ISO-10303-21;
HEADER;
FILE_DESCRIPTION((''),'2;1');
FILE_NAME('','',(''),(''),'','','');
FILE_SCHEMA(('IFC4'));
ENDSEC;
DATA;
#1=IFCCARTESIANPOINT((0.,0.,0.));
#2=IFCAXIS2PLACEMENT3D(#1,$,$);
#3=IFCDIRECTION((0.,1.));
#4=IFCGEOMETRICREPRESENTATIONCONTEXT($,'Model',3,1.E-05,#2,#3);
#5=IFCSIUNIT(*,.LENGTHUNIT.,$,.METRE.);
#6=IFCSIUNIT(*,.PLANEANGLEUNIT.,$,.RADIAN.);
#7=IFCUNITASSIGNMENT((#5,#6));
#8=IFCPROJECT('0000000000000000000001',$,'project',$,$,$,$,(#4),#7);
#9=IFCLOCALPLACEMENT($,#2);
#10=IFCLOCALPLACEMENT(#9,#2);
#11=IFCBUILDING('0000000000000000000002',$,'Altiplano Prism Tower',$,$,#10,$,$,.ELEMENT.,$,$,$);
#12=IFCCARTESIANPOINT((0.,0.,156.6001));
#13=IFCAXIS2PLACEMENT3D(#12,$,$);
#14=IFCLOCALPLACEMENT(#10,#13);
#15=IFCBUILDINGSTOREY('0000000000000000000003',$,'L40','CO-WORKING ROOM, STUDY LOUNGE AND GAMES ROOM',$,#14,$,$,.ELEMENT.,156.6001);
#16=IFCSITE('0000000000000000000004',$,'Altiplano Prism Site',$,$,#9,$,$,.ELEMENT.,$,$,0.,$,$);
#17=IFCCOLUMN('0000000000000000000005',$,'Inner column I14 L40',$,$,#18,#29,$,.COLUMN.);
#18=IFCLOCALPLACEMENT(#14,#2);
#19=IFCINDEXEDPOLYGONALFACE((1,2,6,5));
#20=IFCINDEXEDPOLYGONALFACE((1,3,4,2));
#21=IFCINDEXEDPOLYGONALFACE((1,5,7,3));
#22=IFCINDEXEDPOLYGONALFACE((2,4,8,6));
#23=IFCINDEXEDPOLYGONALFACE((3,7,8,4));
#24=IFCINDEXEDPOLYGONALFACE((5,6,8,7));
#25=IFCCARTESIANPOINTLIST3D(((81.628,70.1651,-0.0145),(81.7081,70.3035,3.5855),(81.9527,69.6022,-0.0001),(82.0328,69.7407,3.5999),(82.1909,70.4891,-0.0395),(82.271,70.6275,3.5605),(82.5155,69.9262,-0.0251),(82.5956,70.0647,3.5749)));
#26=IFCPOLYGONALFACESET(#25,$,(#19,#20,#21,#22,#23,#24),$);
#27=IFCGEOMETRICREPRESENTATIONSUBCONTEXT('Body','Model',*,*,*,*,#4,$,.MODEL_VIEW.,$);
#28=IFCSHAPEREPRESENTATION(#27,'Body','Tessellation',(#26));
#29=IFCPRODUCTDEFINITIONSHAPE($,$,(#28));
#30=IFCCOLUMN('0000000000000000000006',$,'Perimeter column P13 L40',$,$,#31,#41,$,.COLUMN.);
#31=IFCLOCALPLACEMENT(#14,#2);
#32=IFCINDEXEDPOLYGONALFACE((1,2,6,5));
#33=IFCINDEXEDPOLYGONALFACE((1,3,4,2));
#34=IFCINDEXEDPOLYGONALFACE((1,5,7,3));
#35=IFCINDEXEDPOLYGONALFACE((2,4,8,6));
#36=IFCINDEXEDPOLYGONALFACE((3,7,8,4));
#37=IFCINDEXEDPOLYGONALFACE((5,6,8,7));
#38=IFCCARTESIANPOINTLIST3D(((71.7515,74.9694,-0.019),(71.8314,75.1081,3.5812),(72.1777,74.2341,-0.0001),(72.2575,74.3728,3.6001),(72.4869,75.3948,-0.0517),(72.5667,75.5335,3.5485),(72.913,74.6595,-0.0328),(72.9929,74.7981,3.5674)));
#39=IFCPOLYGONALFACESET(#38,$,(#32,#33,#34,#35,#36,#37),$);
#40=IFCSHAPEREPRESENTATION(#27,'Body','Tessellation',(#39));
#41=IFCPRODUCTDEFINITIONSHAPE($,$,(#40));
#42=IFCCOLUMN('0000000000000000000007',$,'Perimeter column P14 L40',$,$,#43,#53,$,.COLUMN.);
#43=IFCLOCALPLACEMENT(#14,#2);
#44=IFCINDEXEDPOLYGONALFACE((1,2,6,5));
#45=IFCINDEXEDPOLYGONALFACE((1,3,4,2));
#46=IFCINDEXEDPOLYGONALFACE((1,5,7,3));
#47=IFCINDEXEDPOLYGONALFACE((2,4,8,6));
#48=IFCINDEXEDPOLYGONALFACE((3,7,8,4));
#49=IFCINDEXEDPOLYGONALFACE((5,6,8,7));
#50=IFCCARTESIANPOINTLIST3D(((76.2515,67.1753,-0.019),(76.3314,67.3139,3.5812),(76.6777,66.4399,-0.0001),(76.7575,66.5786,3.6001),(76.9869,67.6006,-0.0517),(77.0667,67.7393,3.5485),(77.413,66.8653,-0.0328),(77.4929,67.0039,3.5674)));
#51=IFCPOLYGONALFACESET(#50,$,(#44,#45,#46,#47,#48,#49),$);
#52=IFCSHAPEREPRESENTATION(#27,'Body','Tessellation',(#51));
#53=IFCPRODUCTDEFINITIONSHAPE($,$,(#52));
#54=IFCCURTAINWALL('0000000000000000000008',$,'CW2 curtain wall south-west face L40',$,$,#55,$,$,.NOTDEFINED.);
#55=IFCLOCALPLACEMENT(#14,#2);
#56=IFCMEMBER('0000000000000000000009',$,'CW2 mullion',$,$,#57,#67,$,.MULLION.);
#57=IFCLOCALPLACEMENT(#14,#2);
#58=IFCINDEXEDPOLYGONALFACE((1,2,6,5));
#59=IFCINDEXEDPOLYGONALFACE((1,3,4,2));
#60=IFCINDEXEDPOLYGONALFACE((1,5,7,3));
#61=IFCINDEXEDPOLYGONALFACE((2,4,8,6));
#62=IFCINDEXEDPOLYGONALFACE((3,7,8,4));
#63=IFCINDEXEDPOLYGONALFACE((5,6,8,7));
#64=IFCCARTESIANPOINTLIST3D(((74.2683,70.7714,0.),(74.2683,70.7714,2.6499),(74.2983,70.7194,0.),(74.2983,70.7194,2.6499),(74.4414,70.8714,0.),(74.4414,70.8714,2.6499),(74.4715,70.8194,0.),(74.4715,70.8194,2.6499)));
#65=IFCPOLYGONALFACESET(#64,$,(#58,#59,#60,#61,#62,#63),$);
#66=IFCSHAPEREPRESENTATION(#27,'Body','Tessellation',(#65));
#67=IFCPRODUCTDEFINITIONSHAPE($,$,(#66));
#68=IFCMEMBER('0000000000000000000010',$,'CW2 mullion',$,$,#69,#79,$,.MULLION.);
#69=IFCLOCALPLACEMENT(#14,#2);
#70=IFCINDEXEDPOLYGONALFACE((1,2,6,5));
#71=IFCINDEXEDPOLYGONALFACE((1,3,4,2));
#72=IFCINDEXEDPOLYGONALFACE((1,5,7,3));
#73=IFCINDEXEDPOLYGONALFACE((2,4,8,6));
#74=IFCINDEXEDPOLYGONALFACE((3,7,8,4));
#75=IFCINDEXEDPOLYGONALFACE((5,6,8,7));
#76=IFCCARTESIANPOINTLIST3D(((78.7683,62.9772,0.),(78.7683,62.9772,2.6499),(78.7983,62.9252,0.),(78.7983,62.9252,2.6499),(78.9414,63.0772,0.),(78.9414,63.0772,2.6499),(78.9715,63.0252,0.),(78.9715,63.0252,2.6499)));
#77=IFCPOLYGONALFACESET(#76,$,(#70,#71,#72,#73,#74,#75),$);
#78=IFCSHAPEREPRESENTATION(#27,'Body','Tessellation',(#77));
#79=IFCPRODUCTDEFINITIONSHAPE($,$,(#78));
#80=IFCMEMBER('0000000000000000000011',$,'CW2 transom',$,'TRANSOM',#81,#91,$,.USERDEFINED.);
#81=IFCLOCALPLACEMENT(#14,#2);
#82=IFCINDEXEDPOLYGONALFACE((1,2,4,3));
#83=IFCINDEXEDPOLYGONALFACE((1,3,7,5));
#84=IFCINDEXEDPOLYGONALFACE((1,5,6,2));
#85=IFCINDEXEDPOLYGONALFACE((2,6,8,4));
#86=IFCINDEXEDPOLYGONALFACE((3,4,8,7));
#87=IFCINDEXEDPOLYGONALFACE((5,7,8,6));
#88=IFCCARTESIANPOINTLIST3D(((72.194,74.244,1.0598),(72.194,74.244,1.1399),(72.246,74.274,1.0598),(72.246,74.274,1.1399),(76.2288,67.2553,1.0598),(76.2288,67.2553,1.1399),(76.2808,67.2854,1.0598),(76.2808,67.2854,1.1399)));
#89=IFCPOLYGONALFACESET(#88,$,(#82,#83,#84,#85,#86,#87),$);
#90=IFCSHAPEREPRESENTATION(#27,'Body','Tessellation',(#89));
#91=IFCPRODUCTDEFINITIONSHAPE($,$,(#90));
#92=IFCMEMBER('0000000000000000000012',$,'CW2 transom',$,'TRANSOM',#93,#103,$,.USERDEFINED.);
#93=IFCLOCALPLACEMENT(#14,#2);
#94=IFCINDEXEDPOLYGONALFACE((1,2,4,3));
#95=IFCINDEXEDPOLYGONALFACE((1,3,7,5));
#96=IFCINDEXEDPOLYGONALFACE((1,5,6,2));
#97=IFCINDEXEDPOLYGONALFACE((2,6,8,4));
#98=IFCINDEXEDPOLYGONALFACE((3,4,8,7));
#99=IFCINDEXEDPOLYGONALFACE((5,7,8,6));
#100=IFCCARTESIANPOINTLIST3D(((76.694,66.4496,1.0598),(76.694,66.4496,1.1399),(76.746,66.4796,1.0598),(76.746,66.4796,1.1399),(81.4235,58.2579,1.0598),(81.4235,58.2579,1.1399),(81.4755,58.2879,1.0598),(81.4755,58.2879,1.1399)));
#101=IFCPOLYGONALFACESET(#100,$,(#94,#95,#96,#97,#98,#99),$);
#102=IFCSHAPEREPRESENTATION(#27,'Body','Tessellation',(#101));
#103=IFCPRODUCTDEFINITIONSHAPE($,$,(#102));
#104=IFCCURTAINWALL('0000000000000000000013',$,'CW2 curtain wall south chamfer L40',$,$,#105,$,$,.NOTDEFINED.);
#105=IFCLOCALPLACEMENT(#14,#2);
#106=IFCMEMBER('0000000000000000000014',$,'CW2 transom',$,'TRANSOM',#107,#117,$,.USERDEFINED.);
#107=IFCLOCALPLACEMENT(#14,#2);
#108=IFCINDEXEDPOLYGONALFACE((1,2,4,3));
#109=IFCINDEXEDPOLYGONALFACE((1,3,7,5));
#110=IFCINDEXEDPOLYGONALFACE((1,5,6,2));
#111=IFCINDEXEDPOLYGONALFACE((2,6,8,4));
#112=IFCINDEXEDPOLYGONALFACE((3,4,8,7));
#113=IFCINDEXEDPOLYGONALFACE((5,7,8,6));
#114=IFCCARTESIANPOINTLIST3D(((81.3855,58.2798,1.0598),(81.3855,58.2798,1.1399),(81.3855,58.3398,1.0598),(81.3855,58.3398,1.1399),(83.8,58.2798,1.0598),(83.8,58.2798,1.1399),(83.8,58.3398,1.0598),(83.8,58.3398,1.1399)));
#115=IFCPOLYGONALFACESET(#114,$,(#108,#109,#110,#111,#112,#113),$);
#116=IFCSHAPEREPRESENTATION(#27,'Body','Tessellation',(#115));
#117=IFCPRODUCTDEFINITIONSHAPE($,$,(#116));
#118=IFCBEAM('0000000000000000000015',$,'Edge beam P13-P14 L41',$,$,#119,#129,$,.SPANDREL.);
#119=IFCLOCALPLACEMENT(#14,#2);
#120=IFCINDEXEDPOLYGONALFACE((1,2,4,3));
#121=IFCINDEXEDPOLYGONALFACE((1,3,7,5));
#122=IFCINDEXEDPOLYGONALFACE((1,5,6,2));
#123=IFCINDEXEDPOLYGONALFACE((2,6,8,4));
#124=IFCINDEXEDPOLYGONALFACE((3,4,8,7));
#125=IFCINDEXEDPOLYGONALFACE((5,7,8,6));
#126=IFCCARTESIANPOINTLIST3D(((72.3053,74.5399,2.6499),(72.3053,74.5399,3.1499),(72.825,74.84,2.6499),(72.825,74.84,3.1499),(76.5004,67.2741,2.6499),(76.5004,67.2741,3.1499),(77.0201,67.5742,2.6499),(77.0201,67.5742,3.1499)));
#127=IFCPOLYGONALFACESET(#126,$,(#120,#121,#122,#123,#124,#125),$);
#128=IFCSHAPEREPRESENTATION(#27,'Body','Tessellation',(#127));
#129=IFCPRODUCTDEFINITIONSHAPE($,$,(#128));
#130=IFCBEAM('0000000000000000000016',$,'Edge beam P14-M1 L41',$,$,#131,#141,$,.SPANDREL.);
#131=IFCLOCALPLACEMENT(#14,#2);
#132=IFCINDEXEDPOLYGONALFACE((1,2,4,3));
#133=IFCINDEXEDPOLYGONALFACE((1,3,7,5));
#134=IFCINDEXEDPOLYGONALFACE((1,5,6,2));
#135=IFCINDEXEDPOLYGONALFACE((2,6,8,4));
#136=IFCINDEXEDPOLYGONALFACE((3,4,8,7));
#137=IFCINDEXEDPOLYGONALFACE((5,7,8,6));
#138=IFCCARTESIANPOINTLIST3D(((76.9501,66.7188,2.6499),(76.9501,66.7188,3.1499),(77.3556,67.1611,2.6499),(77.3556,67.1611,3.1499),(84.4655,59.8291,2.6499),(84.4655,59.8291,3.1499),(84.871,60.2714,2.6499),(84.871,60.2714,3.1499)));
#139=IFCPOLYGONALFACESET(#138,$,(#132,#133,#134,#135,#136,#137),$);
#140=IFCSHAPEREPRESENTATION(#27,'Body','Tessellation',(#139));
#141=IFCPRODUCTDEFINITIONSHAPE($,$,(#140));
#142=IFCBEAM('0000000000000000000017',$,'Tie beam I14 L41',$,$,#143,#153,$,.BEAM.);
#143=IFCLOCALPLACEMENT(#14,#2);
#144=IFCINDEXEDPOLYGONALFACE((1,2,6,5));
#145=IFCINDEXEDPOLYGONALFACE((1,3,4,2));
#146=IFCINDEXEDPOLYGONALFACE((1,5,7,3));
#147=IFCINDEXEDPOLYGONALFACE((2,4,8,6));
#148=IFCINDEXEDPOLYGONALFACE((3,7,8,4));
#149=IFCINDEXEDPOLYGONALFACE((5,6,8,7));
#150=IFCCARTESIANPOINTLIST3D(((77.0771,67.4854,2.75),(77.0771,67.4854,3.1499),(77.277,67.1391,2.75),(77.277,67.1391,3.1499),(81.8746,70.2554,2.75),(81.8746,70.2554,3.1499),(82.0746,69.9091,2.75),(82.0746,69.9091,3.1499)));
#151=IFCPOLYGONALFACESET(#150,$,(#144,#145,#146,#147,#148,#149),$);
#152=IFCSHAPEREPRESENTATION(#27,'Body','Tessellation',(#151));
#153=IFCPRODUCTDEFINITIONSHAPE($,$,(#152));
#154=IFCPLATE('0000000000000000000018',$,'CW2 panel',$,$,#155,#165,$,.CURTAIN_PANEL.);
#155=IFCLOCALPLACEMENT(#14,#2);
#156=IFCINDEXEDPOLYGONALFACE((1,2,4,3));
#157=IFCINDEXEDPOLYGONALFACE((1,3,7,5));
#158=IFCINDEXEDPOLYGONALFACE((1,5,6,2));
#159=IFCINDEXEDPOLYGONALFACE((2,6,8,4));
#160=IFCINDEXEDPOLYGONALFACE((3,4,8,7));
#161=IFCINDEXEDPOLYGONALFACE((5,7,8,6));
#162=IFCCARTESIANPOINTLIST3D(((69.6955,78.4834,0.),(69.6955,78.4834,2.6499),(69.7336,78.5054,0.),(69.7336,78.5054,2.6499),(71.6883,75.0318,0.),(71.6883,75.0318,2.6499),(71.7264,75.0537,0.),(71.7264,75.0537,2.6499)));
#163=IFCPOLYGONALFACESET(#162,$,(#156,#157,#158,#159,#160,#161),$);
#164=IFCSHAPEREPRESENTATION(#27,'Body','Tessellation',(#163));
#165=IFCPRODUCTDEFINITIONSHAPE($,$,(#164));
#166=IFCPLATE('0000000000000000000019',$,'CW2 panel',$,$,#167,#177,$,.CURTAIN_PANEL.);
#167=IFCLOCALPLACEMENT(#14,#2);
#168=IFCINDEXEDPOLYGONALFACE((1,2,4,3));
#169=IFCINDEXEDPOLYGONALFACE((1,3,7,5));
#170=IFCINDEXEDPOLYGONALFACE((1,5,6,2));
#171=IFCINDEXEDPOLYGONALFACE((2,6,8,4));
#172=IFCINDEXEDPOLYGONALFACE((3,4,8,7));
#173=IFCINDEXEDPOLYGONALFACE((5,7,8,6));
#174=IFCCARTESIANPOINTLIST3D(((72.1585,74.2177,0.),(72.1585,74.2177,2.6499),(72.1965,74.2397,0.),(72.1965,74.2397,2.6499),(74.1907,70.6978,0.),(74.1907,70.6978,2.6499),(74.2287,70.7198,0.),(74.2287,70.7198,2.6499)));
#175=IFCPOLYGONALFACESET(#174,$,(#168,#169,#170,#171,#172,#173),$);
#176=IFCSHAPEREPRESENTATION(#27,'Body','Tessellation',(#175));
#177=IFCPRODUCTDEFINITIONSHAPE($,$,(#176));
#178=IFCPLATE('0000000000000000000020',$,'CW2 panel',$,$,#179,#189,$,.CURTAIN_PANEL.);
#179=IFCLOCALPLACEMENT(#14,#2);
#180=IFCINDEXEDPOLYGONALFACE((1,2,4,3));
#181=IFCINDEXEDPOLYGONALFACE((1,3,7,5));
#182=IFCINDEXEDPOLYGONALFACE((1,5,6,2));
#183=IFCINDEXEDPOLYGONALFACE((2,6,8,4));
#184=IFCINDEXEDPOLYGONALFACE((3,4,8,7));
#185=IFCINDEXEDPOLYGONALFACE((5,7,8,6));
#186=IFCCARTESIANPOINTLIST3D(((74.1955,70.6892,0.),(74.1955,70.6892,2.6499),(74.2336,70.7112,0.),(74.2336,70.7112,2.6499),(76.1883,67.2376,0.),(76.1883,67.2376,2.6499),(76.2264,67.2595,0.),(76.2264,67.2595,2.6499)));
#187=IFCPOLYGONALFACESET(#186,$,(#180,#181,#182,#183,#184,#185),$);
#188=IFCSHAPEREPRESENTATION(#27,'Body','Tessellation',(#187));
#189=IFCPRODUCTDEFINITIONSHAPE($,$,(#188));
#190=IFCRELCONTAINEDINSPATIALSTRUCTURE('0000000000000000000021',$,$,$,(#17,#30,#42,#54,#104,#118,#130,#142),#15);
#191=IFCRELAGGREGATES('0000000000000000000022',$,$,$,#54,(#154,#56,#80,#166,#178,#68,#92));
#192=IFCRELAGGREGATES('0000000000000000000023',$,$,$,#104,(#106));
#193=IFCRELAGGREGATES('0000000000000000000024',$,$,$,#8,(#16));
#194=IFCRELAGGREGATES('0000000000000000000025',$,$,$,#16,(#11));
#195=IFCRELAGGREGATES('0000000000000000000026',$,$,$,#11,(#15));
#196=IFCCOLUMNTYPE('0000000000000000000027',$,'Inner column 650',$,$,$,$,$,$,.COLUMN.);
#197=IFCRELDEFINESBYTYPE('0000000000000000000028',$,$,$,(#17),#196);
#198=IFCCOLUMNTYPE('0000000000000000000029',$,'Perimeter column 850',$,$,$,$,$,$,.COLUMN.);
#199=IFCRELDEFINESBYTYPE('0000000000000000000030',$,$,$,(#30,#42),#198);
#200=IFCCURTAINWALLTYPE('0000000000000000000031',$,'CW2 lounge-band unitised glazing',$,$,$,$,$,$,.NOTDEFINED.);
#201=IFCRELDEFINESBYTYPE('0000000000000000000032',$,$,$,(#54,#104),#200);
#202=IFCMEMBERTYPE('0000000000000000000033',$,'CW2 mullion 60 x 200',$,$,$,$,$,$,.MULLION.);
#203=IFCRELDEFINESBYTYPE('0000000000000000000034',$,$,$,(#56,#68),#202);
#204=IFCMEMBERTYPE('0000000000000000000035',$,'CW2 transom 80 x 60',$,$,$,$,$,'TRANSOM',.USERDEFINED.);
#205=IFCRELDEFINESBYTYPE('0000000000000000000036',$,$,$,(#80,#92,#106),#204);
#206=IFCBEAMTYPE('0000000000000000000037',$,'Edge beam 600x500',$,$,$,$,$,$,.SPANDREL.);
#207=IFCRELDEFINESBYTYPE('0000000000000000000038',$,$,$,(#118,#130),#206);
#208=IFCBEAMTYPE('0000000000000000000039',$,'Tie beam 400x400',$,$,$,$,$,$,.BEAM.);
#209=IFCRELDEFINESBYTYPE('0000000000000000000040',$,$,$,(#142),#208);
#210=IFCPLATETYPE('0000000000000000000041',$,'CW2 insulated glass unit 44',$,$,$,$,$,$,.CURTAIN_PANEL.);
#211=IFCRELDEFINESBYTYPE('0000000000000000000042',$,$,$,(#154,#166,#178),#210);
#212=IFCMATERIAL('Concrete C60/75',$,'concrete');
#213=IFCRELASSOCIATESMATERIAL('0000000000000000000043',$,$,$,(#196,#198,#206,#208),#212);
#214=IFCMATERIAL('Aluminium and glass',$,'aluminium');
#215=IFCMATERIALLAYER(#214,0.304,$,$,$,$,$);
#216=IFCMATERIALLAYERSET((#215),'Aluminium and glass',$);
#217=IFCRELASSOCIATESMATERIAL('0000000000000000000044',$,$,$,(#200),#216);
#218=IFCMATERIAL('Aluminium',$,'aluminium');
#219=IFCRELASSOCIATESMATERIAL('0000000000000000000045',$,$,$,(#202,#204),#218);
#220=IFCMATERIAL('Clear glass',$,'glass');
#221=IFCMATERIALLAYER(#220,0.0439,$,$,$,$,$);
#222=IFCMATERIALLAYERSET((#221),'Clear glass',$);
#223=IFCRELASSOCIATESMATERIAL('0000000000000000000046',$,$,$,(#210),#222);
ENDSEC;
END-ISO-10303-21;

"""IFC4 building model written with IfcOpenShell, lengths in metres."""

from ifc_helpers import new_model, si_unit, direction, frame, origin, origin_2d, place, context, subcontext, project, spatial, rectangle, extrude, material, layer, layer_set, material_profile, profile_set, type_object, element, aggregate, save


model = new_model("IFC4")

# Units and contexts
model_context = context("Model", 3, precision=1e-05, world=origin(), true_north=direction((0.0, 1.0)))
body_context = subcontext(model_context, "Body", "Model", "MODEL_VIEW")
ifc_project = project(units=[si_unit("LENGTHUNIT", "METRE"), si_unit("PLANEANGLEUNIT", "RADIAN")], contexts=[model_context])

# Site, building, storey
site_placement = place(None, origin())
site = spatial("IfcSite", under=ifc_project, at=site_placement, Name="Altiplano Prism Site", CompositionType="ELEMENT", RefElevation=0.0)
building_placement = place(site_placement, origin())
building = spatial("IfcBuilding", under=site, at=building_placement, Name="Altiplano Prism Tower", CompositionType="ELEMENT")
storey_placement = place(building_placement, frame((0.0, 0.0, 156.6001)))
storey = spatial("IfcBuildingStorey", under=building, at=storey_placement, Name="L40", Description="CO-WORKING ROOM, STUDY LOUNGE AND GAMES ROOM", CompositionType="ELEMENT", Elevation=156.6001)

# Columns
ifc_material_1 = material(Name="Concrete C60/75", Category="concrete")
ifc_material_profile_1 = material_profile(ifc_material_1, rectangle(XDim=0.6499, YDim=0.6499, at=origin_2d()), Name="Inner column 650")
ifc_profile_set_1 = profile_set([ifc_material_profile_1], Name="Concrete C60/75")
column_type_1 = type_object("IfcColumnType", Name="Inner column 650", PredefinedType="COLUMN", material=ifc_profile_set_1)
column_placement = place(storey_placement, frame((82.0718, 70.0457, -0.0198), z_axis=(0.022223, 0.038416, 0.999015), x_axis=(-0.866024, -0.498523, 0.038435)))
element("IfcColumn", 1, at=column_placement, inside=storey, type_object=column_type_1, Name="Inner column I14 L40", PredefinedType="COLUMN", context=body_context, shape_type="SweptSolid", body=[
    extrude(rectangle(XDim=0.6499, YDim=0.6499, at=origin_2d()), origin(), (0.0, 0.0, 1.0), 3.6035),
])
ifc_material_profile_2 = material_profile(ifc_material_1, rectangle(XDim=0.8501, YDim=0.8501, at=origin_2d()), Name="Perimeter column 850")
ifc_profile_set_2 = profile_set([ifc_material_profile_2], Name="Concrete C60/75")
column_type_2 = type_object("IfcColumnType", Name="Perimeter column 850", PredefinedType="COLUMN", material=ifc_profile_set_2)
for number, where, z_axis, x_axis, name in (
    (2, (72.3323, 74.8145, -0.0259), (0.022154, 0.038481, 0.999014), (-0.864982, -0.500327, 0.038453), "Perimeter column P13 L40"),
    (3, (76.8323, 67.0203, -0.0259), (0.022154, 0.038481, 0.999014), (-0.864982, -0.500327, 0.038453), "Perimeter column P14 L40"),
):
    element("IfcColumn", number, at=place(storey_placement, frame(where, z_axis=z_axis, x_axis=x_axis)), inside=storey, type_object=column_type_2, Name=name, PredefinedType="COLUMN", context=body_context, shape_type="SweptSolid", body=[
        extrude(rectangle(XDim=0.8501, YDim=0.8501, at=origin_2d()), origin(), (0.0, 0.0, 1.0), 3.6038),
    ])

# Curtain wall, members
ifc_material_2 = material(Name="Aluminium and glass", Category="aluminium")
ifc_layer_1 = layer(ifc_material_2, 0.304)
ifc_layer_set_1 = layer_set([ifc_layer_1], Name="Aluminium and glass")
curtain_wall_type = type_object("IfcCurtainWallType", Name="CW2 lounge-band unitised glazing", PredefinedType="NOTDEFINED", material=ifc_layer_set_1)
curtain_wall_1_placement = place(storey_placement, origin())
curtain_wall_1 = element("IfcCurtainWall", 4, at=curtain_wall_1_placement, inside=storey, type_object=curtain_wall_type, Name="CW2 curtain wall south-west face L40", PredefinedType="NOTDEFINED")
ifc_material_3 = material(Name="Aluminium", Category="aluminium")
ifc_material_profile_3 = material_profile(ifc_material_3, rectangle(XDim=0.2, YDim=0.0601, at=origin_2d()), Name="CW2 mullion 60 x 200")
ifc_profile_set_3 = profile_set([ifc_material_profile_3], Name="Aluminium")
member_type_1 = type_object("IfcMemberType", Name="CW2 mullion 60 x 200", PredefinedType="MULLION", material=ifc_profile_set_3)
member_1_placement = place(storey_placement, frame((74.3699, 70.7954, 0.0), z_axis=(0.0, 0.0, 1.0), x_axis=(0.866025, 0.5, 0.0)))
member_1 = element("IfcMember", 5, at=member_1_placement, type_object=member_type_1, Name="CW2 mullion", PredefinedType="MULLION", context=body_context, shape_type="SweptSolid", body=[
    extrude(rectangle(XDim=0.2, YDim=0.0601, at=origin_2d()), origin(), (0.0, 0.0, 1.0), 2.6499),
])
member_2_placement = place(storey_placement, frame((78.8699, 63.0012, 0.0), z_axis=(0.0, 0.0, 1.0), x_axis=(0.866025, 0.5, 0.0)))
member_2 = element("IfcMember", 6, at=member_2_placement, type_object=member_type_1, Name="CW2 mullion", PredefinedType="MULLION", context=body_context, shape_type="SweptSolid", body=[
    extrude(rectangle(XDim=0.2, YDim=0.0601, at=origin_2d()), origin(), (0.0, 0.0, 1.0), 2.6499),
])
ifc_material_profile_4 = material_profile(ifc_material_3, rectangle(XDim=0.0601, YDim=0.0801, at=origin_2d()), Name="CW2 transom 80 x 60")
ifc_profile_set_4 = profile_set([ifc_material_profile_4], Name="Aluminium")
member_type_2 = type_object("IfcMemberType", Name="CW2 transom 80 x 60", ElementType="TRANSOM", PredefinedType="USERDEFINED", material=ifc_profile_set_4)
member_3_placement = place(storey_placement, frame((72.22, 74.259, 1.0999), z_axis=(0.499995, -0.866028, 0.0), x_axis=(0.866028, 0.499995, 0.0)))
member_3 = element("IfcMember", 7, at=member_3_placement, type_object=member_type_2, Name="CW2 transom", ObjectType="TRANSOM", PredefinedType="USERDEFINED", context=body_context, shape_type="SweptSolid", body=[
    extrude(rectangle(XDim=0.0601, YDim=0.0801, at=origin_2d()), origin(), (0.0, 0.0, 1.0), 8.0698),
])
member_4_placement = place(storey_placement, frame((76.72, 66.4646, 1.0999), z_axis=(0.500003, -0.866024, 0.0), x_axis=(0.866024, 0.500003, 0.0)))
member_4 = element("IfcMember", 8, at=member_4_placement, type_object=member_type_2, Name="CW2 transom", ObjectType="TRANSOM", PredefinedType="USERDEFINED", context=body_context, shape_type="SweptSolid", body=[
    extrude(rectangle(XDim=0.0601, YDim=0.0801, at=origin_2d()), origin(), (0.0, 0.0, 1.0), 9.459),
])

# Curtain wall, member
curtain_wall_2_placement = place(storey_placement, origin())
curtain_wall_2 = element("IfcCurtainWall", 9, at=curtain_wall_2_placement, inside=storey, type_object=curtain_wall_type, Name="CW2 curtain wall south chamfer L40", PredefinedType="NOTDEFINED")
member_5_placement = place(storey_placement, frame((81.3855, 58.3098, 1.0999), z_axis=(1.0, 0.0, 0.0), x_axis=(0.0, 1.0, 0.0)))
member_5 = element("IfcMember", 10, at=member_5_placement, type_object=member_type_2, Name="CW2 transom", ObjectType="TRANSOM", PredefinedType="USERDEFINED", context=body_context, shape_type="SweptSolid", body=[
    extrude(rectangle(XDim=0.0601, YDim=0.0801, at=origin_2d()), origin(), (0.0, 0.0, 1.0), 2.4146),
])

# Beams
ifc_material_profile_5 = material_profile(ifc_material_1, rectangle(XDim=0.6001, YDim=0.5, at=origin_2d()), Name="Edge beam 600x500")
ifc_profile_set_5 = profile_set([ifc_material_profile_5], Name="Concrete C60/75")
beam_type_1 = type_object("IfcBeamType", Name="Edge beam 600x500", PredefinedType="SPANDREL", material=ifc_profile_set_5)
beam_1_placement = place(storey_placement, frame((72.5652, 74.6899, 2.8999), z_axis=(0.50001, -0.866019, 0.0), x_axis=(0.866019, 0.50001, 0.0)))
element("IfcBeam", 11, at=beam_1_placement, inside=storey, type_object=beam_type_1, Name="Edge beam P13-P14 L41", PredefinedType="SPANDREL", context=body_context, shape_type="SweptSolid", body=[
    extrude(rectangle(XDim=0.6001, YDim=0.5, at=origin_2d()), origin(), (0.0, 0.0, 1.0), 8.3899),
])
beam_2_placement = place(storey_placement, frame((77.1528, 66.9399, 2.8999), z_axis=(0.737127, -0.675754, 0.0), x_axis=(0.675754, 0.737127, 0.0)))
element("IfcBeam", 12, at=beam_2_placement, inside=storey, type_object=beam_type_1, Name="Edge beam P14-M1 L41", PredefinedType="SPANDREL", context=body_context, shape_type="SweptSolid", body=[
    extrude(rectangle(XDim=0.6001, YDim=0.5, at=origin_2d()), origin(), (0.0, 0.0, 1.0), 10.1956),
])
ifc_material_profile_6 = material_profile(ifc_material_1, rectangle(XDim=0.3999, YDim=0.3999, at=origin_2d()), Name="Tie beam 400x400")
ifc_profile_set_6 = profile_set([ifc_material_profile_6], Name="Concrete C60/75")
beam_type_2 = type_object("IfcBeamType", Name="Tie beam 400x400", PredefinedType="BEAM", material=ifc_profile_set_6)
beam_3_placement = place(storey_placement, frame((81.9746, 70.0823, 2.95), z_axis=(-0.866016, -0.500016, 0.0), x_axis=(0.500016, -0.866016, 0.0)))
element("IfcBeam", 13, at=beam_3_placement, inside=storey, type_object=beam_type_2, Name="Tie beam I14 L41", PredefinedType="BEAM", context=body_context, shape_type="SweptSolid", body=[
    extrude(rectangle(XDim=0.3999, YDim=0.3999, at=origin_2d()), origin(), (0.0, 0.0, 1.0), 5.5398),
])

# Plates
ifc_material_4 = material(Name="Clear glass", Category="glass")
ifc_layer_2 = layer(ifc_material_4, 0.0439)
ifc_layer_set_2 = layer_set([ifc_layer_2], Name="Clear glass")
plate_type = type_object("IfcPlateType", Name="CW2 insulated glass unit 44", PredefinedType="CURTAIN_PANEL", material=ifc_layer_set_2)
plate_1_placement = place(storey_placement, frame((70.7109, 76.7686, 0.0), z_axis=(0.0, 0.0, 1.0), x_axis=(0.5, -0.866025, 0.0)))
plate_1 = element("IfcPlate", 14, at=plate_1_placement, type_object=plate_type, Name="CW2 panel", PredefinedType="CURTAIN_PANEL", context=body_context, shape_type="SweptSolid", body=[
    extrude(rectangle(XDim=3.9856, YDim=0.0439, at=origin_2d()), origin(), (0.0, 0.0, 1.0), 2.6499),
])
plate_2_placement = place(storey_placement, frame((73.1936, 72.4688, 0.0), z_axis=(0.0, 0.0, 1.0), x_axis=(0.5, -0.866025, 0.0)))
plate_2 = element("IfcPlate", 15, at=plate_2_placement, type_object=plate_type, Name="CW2 panel", PredefinedType="CURTAIN_PANEL", context=body_context, shape_type="SweptSolid", body=[
    extrude(rectangle(XDim=4.0645, YDim=0.0439, at=origin_2d()), origin(), (0.0, 0.0, 1.0), 2.6499),
])
plate_3_placement = place(storey_placement, frame((75.2109, 68.9744, 0.0), z_axis=(0.0, 0.0, 1.0), x_axis=(0.5, -0.866025, 0.0)))
plate_3 = element("IfcPlate", 16, at=plate_3_placement, type_object=plate_type, Name="CW2 panel", PredefinedType="CURTAIN_PANEL", context=body_context, shape_type="SweptSolid", body=[
    extrude(rectangle(XDim=3.9856, YDim=0.0439, at=origin_2d()), origin(), (0.0, 0.0, 1.0), 2.6499),
])
aggregate(curtain_wall_1, [plate_1, member_1, member_3, plate_2, plate_3, member_2, member_4])
aggregate(curtain_wall_2, [member_5])

save(model, "model.ifc")
